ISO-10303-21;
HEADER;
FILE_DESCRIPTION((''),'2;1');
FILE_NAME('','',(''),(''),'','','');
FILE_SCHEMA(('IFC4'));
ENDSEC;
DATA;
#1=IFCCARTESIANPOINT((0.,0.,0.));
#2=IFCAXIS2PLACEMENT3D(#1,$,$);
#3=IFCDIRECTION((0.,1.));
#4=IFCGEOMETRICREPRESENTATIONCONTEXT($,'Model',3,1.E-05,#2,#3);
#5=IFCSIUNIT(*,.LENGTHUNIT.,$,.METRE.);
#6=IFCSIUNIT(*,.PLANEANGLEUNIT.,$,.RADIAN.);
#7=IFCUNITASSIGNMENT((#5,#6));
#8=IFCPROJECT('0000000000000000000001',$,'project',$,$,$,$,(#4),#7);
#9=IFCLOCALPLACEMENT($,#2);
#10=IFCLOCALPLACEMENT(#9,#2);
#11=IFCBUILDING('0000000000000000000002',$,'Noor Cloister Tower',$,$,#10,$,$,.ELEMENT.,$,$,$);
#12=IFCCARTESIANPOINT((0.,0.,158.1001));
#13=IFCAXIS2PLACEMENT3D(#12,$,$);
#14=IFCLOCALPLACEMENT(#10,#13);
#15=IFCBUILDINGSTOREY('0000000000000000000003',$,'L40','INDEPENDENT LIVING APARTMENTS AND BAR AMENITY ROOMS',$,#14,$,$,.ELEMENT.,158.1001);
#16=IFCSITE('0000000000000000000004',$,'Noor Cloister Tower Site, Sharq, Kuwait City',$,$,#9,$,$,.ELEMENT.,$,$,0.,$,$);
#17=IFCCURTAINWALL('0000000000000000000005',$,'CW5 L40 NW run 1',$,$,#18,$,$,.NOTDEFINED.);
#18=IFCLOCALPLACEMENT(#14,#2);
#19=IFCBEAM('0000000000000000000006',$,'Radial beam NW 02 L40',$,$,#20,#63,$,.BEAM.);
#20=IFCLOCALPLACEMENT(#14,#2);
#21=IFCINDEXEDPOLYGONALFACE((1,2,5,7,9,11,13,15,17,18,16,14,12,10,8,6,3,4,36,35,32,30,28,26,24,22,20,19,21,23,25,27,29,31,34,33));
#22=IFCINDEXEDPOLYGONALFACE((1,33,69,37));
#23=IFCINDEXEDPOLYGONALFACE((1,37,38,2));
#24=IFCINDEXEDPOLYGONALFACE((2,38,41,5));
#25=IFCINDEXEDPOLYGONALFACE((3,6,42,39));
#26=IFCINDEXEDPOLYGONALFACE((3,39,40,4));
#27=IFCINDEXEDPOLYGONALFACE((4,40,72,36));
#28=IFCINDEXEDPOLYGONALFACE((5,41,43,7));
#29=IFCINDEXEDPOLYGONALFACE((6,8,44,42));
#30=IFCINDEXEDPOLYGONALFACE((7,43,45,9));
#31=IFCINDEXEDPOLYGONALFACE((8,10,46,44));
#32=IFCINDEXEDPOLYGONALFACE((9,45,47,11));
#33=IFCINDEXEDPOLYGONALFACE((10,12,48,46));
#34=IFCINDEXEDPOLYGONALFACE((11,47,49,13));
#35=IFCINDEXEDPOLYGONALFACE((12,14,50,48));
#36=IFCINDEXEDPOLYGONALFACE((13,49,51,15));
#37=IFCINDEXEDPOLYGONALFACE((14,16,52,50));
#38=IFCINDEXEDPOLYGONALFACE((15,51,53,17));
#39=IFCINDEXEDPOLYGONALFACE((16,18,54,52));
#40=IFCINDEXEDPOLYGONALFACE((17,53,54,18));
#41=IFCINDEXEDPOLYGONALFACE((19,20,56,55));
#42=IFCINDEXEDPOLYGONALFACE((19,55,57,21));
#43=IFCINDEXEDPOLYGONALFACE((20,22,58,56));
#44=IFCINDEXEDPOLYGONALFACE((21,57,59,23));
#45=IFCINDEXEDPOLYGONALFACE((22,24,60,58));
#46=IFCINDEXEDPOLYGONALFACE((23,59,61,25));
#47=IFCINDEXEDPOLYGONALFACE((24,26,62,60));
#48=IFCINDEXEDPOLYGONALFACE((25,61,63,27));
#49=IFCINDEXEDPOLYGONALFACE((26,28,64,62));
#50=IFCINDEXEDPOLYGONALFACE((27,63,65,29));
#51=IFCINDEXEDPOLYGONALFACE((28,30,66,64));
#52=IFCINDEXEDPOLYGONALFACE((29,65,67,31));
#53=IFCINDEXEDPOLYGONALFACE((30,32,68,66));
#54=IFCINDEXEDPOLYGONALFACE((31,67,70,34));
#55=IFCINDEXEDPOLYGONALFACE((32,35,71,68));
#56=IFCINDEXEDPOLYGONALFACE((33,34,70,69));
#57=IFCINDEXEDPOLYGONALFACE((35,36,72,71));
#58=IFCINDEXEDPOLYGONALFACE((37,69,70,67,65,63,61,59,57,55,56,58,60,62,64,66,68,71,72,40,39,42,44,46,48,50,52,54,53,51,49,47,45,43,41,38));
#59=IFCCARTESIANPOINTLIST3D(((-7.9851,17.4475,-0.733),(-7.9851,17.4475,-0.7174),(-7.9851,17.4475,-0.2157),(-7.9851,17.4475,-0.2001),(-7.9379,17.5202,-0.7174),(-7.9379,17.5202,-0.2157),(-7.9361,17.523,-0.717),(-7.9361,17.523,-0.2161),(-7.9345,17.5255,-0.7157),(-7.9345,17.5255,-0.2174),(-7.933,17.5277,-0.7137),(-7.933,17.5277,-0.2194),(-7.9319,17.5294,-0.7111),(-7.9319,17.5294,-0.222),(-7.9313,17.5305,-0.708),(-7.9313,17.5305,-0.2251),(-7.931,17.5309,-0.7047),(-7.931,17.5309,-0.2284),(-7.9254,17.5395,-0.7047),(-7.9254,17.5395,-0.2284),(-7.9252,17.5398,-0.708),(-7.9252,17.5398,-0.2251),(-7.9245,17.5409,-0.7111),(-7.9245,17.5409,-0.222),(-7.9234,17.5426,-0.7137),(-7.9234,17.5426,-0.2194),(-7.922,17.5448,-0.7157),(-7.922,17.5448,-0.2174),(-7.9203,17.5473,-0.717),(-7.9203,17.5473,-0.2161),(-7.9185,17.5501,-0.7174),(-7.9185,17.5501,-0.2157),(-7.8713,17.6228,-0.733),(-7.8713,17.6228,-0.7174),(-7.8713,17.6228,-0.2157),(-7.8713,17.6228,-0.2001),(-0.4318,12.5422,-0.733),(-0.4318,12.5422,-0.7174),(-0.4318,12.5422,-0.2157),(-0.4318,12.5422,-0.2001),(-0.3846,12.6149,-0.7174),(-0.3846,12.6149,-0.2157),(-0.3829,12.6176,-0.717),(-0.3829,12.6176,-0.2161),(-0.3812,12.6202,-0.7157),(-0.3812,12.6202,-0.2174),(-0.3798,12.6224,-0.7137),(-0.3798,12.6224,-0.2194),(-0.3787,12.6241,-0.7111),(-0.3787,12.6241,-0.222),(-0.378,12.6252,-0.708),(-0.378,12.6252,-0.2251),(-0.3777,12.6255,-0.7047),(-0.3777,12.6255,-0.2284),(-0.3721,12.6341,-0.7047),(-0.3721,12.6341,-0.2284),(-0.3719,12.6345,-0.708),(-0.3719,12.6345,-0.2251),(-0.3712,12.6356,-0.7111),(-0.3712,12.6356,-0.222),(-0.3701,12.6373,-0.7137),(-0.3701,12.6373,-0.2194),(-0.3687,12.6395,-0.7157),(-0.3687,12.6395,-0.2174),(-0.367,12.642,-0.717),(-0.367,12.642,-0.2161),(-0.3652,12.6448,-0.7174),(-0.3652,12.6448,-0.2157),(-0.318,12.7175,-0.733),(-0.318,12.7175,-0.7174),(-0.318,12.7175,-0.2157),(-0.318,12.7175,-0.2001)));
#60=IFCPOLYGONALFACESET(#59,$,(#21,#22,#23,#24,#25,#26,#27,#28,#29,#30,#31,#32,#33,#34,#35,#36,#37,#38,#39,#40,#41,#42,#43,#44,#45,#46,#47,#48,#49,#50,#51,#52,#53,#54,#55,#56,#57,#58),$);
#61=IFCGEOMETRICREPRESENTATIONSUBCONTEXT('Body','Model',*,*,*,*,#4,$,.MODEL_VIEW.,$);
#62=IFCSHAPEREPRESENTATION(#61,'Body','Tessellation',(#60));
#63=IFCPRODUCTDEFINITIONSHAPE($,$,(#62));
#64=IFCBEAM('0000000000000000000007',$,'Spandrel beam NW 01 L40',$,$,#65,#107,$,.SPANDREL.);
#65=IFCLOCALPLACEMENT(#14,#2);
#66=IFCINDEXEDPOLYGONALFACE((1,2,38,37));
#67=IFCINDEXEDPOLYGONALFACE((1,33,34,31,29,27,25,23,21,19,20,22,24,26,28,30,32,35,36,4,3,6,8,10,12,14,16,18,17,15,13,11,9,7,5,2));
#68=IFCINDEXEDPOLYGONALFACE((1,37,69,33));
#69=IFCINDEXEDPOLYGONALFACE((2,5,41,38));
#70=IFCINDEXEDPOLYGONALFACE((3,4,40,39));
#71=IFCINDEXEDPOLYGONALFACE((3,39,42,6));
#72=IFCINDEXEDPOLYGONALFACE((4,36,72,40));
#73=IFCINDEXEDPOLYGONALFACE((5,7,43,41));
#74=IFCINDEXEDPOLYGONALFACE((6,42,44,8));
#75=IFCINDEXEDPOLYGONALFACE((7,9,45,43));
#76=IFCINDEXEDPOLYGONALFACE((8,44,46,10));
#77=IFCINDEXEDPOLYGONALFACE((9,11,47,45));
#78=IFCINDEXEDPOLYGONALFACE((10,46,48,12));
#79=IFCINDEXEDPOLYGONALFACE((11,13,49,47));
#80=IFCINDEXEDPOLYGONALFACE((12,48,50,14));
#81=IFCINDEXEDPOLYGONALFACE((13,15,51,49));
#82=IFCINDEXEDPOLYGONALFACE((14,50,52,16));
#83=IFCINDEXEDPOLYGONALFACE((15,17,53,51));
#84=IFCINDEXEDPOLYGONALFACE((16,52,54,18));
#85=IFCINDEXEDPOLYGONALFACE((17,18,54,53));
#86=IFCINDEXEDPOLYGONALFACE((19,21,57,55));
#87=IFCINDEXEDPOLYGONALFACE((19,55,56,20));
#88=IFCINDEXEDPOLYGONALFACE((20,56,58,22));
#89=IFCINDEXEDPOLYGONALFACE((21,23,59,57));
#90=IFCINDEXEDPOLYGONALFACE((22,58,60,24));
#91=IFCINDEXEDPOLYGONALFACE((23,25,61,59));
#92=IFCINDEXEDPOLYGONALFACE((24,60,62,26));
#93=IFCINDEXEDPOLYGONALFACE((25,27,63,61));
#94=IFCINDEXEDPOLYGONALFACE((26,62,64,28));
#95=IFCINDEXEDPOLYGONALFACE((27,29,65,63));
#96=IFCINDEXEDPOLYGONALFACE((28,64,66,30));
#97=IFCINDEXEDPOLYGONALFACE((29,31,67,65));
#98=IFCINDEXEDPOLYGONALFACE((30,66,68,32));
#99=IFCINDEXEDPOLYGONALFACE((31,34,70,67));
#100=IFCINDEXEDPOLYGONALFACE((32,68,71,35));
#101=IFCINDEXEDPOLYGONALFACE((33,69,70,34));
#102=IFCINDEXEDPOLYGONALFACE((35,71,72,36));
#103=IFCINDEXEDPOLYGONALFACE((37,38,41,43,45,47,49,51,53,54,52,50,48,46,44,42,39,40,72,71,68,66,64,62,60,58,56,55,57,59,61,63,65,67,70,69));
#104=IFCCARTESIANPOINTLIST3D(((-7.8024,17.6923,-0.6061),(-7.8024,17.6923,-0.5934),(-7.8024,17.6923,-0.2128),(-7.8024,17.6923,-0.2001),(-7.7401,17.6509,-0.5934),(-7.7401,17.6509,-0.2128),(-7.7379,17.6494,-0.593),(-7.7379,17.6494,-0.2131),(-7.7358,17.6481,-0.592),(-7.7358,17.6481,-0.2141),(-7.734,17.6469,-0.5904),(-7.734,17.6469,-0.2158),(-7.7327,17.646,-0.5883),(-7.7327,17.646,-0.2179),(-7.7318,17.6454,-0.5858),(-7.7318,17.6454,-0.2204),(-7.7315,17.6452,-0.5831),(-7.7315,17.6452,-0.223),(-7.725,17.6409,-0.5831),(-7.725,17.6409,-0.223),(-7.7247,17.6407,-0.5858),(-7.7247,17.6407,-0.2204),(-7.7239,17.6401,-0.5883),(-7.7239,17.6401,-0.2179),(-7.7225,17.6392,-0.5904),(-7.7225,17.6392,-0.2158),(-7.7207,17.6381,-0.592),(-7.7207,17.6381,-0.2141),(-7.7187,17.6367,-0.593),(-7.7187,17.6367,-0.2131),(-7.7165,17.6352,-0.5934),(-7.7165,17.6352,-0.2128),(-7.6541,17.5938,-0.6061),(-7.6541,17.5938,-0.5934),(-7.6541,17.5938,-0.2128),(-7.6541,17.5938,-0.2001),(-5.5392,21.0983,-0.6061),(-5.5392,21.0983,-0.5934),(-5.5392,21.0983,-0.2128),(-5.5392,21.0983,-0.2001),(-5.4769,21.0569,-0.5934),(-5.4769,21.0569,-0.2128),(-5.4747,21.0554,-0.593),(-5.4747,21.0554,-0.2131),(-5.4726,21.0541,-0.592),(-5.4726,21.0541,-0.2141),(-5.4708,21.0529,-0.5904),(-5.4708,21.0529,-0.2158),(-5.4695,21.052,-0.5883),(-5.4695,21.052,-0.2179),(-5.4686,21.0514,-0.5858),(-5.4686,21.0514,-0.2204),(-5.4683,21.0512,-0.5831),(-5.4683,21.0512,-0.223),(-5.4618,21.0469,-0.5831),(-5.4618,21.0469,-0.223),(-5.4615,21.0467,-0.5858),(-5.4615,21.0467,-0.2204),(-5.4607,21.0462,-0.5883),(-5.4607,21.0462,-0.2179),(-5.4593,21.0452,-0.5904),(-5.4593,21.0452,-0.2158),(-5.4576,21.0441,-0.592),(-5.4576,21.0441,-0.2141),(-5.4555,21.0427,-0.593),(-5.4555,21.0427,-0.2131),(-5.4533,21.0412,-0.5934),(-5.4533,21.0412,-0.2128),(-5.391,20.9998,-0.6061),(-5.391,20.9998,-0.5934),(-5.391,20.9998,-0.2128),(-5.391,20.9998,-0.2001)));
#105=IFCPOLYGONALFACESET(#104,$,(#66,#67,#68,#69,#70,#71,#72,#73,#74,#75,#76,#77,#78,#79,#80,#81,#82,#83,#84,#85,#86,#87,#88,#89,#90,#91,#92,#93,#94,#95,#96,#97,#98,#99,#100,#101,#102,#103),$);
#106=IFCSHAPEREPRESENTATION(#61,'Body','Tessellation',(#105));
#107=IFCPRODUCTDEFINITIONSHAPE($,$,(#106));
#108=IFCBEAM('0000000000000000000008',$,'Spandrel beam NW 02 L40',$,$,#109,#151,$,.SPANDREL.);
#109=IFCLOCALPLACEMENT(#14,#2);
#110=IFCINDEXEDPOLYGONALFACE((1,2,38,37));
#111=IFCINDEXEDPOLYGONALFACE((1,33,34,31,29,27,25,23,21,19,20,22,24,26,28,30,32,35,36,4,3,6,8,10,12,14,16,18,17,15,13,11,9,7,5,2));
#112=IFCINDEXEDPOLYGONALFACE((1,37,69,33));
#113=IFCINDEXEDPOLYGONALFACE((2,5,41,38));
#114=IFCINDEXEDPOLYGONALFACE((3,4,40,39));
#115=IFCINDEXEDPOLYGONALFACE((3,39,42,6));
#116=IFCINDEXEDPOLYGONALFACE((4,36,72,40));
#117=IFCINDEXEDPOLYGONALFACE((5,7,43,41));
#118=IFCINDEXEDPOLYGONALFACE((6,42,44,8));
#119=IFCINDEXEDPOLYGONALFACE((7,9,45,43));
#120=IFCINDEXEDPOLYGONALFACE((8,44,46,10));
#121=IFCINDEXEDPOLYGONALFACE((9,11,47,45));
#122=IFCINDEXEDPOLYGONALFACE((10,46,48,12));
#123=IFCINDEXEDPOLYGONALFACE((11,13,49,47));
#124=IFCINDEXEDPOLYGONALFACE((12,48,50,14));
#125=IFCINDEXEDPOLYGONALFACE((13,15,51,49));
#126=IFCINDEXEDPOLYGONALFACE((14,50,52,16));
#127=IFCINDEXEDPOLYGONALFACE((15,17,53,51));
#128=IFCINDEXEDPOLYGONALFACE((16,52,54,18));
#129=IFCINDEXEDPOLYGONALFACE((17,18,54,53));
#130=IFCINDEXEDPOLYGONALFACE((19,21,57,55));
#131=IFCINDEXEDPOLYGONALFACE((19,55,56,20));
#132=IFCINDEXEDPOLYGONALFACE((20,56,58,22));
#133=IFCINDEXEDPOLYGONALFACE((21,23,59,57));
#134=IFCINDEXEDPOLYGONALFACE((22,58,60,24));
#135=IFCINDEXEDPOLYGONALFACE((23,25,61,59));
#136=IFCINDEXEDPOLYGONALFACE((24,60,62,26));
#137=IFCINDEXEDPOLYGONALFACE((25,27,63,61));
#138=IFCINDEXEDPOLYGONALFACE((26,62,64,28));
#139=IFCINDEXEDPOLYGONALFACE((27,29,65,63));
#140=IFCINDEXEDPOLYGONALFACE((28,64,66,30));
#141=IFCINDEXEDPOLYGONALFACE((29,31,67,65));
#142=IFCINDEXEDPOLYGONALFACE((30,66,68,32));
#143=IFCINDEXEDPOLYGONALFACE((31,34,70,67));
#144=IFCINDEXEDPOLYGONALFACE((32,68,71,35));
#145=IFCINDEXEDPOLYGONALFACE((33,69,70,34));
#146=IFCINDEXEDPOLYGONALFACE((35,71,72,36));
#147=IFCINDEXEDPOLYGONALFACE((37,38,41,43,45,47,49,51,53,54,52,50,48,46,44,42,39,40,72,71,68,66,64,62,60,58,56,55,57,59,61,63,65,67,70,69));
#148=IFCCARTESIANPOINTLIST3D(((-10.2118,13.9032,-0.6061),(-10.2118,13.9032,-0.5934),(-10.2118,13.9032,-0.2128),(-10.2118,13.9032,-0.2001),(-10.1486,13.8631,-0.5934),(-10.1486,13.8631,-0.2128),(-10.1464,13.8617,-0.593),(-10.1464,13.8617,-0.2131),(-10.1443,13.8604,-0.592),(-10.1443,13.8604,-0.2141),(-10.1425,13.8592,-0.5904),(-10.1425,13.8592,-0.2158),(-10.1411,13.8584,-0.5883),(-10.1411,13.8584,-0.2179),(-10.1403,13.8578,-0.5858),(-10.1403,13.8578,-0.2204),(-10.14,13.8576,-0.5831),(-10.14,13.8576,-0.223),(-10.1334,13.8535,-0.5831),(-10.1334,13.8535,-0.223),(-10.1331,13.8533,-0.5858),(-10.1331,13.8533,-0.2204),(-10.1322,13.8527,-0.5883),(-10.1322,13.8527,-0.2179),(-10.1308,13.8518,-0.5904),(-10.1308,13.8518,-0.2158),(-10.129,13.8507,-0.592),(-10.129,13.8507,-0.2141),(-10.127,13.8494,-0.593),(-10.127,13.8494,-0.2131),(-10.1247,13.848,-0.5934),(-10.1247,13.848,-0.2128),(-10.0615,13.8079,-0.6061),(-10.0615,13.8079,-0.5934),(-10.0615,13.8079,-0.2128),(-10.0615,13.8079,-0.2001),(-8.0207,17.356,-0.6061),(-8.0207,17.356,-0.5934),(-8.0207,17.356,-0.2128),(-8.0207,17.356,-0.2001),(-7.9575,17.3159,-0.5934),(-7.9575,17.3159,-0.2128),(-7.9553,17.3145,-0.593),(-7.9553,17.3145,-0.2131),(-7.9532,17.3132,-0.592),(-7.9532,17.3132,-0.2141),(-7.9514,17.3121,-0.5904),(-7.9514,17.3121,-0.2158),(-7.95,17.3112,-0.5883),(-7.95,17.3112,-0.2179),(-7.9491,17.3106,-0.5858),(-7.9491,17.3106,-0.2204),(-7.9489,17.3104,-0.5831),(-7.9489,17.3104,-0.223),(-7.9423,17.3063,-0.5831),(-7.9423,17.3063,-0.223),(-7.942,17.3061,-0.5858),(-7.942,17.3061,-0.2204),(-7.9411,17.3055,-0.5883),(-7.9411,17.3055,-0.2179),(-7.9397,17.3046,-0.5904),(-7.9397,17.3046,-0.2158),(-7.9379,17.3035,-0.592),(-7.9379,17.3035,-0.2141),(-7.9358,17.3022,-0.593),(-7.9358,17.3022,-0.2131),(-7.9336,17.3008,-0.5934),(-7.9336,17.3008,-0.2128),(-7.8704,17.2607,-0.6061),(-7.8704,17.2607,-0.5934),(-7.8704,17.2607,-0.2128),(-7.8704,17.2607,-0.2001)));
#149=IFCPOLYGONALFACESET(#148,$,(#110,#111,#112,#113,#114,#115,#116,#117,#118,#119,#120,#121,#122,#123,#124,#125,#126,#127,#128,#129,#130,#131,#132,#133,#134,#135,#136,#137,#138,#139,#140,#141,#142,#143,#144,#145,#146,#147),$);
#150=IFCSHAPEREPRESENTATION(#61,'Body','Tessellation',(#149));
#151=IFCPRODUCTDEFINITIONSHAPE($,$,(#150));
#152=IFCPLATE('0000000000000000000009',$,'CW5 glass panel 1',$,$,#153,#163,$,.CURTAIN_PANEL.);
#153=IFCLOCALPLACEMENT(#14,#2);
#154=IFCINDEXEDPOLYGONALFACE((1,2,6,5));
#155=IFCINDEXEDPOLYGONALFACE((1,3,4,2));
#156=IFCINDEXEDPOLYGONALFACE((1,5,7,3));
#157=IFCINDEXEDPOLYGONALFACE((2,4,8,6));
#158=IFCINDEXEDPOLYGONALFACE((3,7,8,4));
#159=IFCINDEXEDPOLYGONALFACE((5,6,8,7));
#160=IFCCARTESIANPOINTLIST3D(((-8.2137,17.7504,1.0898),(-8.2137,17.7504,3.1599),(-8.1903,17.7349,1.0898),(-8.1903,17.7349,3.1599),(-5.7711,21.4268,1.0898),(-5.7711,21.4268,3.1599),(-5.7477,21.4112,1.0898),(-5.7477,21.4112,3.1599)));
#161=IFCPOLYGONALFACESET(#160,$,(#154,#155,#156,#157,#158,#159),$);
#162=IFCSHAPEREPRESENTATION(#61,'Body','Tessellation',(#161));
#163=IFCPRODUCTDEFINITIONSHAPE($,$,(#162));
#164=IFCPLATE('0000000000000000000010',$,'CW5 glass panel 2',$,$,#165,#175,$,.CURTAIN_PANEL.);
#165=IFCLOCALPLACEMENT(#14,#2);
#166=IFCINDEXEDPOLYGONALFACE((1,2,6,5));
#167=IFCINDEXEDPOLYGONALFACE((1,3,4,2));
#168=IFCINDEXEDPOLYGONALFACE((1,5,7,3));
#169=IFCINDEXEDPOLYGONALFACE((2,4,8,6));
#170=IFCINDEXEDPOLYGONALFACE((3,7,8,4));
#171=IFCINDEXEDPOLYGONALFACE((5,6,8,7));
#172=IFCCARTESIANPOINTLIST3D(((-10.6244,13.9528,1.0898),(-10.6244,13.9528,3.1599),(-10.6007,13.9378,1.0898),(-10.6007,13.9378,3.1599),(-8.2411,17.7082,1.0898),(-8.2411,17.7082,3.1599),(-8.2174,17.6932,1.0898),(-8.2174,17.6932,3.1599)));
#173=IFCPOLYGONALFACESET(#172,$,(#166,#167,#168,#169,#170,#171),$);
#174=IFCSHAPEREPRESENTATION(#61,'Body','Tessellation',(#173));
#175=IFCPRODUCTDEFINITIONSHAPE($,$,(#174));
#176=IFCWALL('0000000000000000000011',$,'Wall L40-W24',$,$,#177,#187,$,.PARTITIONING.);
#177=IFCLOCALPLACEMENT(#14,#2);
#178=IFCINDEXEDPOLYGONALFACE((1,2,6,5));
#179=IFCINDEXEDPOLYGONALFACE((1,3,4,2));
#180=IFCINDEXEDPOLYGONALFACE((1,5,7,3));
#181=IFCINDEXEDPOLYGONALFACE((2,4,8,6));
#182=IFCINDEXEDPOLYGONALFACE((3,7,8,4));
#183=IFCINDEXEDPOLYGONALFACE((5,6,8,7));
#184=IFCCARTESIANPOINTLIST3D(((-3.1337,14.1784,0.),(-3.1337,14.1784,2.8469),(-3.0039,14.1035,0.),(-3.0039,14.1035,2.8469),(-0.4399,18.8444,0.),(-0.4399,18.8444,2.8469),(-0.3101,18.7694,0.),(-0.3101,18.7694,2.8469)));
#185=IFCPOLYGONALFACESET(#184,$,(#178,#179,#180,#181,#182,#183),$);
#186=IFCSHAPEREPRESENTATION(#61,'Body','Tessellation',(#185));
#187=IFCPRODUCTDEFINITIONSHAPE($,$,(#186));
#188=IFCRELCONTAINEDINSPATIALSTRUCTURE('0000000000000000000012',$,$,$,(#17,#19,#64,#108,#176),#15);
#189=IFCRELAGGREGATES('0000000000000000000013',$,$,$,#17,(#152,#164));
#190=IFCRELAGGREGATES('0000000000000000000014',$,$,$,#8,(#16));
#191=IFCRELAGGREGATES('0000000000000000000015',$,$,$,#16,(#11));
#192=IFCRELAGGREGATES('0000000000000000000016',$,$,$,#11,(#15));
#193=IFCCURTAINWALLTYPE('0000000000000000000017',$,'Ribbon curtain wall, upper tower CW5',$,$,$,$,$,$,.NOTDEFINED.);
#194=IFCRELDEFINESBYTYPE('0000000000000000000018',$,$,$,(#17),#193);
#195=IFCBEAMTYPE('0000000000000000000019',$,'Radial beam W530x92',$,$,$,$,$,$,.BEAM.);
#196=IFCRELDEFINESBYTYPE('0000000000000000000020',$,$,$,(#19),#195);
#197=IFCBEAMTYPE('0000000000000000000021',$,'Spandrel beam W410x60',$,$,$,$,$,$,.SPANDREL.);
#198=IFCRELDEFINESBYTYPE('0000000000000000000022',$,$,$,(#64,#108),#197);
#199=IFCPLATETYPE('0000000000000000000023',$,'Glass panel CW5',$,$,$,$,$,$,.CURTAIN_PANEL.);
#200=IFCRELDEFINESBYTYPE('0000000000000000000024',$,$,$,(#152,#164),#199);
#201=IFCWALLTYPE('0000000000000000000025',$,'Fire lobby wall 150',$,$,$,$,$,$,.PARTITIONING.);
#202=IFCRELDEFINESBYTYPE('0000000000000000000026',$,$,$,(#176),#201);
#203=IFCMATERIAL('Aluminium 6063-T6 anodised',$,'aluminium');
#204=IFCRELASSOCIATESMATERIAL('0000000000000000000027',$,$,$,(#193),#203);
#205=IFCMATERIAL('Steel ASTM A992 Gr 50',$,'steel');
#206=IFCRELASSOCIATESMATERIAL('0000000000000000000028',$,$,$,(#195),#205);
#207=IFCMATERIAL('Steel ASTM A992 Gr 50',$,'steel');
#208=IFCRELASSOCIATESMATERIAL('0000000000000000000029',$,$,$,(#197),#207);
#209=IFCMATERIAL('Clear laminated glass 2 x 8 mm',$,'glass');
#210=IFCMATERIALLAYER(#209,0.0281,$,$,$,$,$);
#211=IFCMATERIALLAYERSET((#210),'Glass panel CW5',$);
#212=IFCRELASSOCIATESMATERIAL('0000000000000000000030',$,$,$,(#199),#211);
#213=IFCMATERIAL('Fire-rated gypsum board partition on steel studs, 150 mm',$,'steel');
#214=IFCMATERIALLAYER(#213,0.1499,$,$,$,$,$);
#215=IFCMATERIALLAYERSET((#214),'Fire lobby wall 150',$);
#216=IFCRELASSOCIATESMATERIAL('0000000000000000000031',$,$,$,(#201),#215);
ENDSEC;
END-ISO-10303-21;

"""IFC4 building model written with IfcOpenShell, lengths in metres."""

from ifc_helpers import new_model, si_unit, direction, frame, frame_2d, origin, origin_2d, place, context, subcontext, project, spatial, rectangle, i_section, extrude, material, layer, layer_set, material_profile, profile_set, type_object, element, aggregate, save


model = new_model("IFC4")

# Units and contexts
model_context = context("Model", 3, precision=1e-05, world=origin(), true_north=direction((0.0, 1.0)))
body_context = subcontext(model_context, "Body", "Model", "MODEL_VIEW")
ifc_project = project(units=[si_unit("LENGTHUNIT", "METRE"), si_unit("PLANEANGLEUNIT", "RADIAN")], contexts=[model_context])

# Site, building, storey
site_placement = place(None, origin())
site = spatial("IfcSite", under=ifc_project, at=site_placement, Name="Noor Cloister Tower Site, Sharq, Kuwait City", CompositionType="ELEMENT", RefElevation=0.0)
building_placement = place(site_placement, origin())
building = spatial("IfcBuilding", under=site, at=building_placement, Name="Noor Cloister Tower", CompositionType="ELEMENT")
storey_placement = place(building_placement, frame((0.0, 0.0, 158.1001)))
storey = spatial("IfcBuildingStorey", under=building, at=storey_placement, Name="L40", Description="INDEPENDENT LIVING APARTMENTS AND BAR AMENITY ROOMS", CompositionType="ELEMENT", Elevation=158.1001)

# Curtain wall
ifc_material_1 = material(Name="Aluminium 6063-T6 anodised", Category="aluminium")
curtain_wall_type = type_object("IfcCurtainWallType", Name="Ribbon curtain wall, upper tower CW5", PredefinedType="NOTDEFINED", material=ifc_material_1)
curtain_wall_placement = place(storey_placement, origin())
curtain_wall = element("IfcCurtainWall", 1, at=curtain_wall_placement, inside=storey, type_object=curtain_wall_type, Name="CW5 L40 NW run 1", PredefinedType="NOTDEFINED")

# Beams
ifc_material_2 = material(Name="Steel ASTM A992 Gr 50", Category="steel")
ifc_material_profile_1 = material_profile(ifc_material_2, i_section(OverallWidth=0.209, OverallDepth=0.533, WebThickness=0.0103, FlangeThickness=0.0156, FilletRadius=0.0127, at=origin_2d()), Name="W530x92")
ifc_profile_set_1 = profile_set([ifc_material_profile_1], Name="Steel ASTM A992 Gr 50")
beam_type_1 = type_object("IfcBeamType", Name="Radial beam W530x92", PredefinedType="BEAM", material=ifc_profile_set_1)
beam_1_placement = place(storey_placement, frame((-7.9282, 17.5352, -0.4666), z_axis=(0.838663, -0.544651, 0.0), x_axis=(0.544651, 0.838663, 0.0)))
element("IfcBeam", 2, at=beam_1_placement, inside=storey, type_object=beam_type_1, Name="Radial beam NW 02 L40", PredefinedType="BEAM", context=body_context, shape_type="SweptSolid", body=[
    extrude(i_section(OverallWidth=0.209, OverallDepth=0.533, WebThickness=0.0103, FlangeThickness=0.0156, FilletRadius=0.0127, at=origin_2d()), origin(), (0.0, 0.0, 1.0), 9.0063),
])
ifc_material_3 = material(Name="Steel ASTM A992 Gr 50", Category="steel")
ifc_material_profile_2 = material_profile(ifc_material_3, i_section(OverallWidth=0.178, OverallDepth=0.406, WebThickness=0.0078, FlangeThickness=0.0127, FilletRadius=0.0103, at=origin_2d()), Name="W410x60")
ifc_profile_set_2 = profile_set([ifc_material_profile_2], Name="Steel ASTM A992 Gr 50")
beam_type_2 = type_object("IfcBeamType", Name="Spandrel beam W410x60", PredefinedType="SPANDREL", material=ifc_profile_set_2)
for number, where, z_axis, x_axis, name in (
    (3, (-5.4651, 21.0491, -0.4031), (-0.553432, -0.832894, 0.0), (0.832894, -0.553432, 0.0), "Spandrel beam NW 01 L40"),
    (4, (-7.9456, 17.3083, -0.4031), (-0.535809, -0.844339, 0.0), (0.844339, -0.535809, 0.0), "Spandrel beam NW 02 L40"),
):
    element("IfcBeam", number, at=place(storey_placement, frame(where, z_axis=z_axis, x_axis=x_axis)), inside=storey, type_object=beam_type_2, Name=name, PredefinedType="SPANDREL", context=body_context, shape_type="SweptSolid", body=[
        extrude(i_section(OverallWidth=0.178, OverallDepth=0.406, WebThickness=0.0078, FlangeThickness=0.0127, FilletRadius=0.0103, at=origin_2d()), origin(), (0.0, 0.0, 1.0), 4.0894),
    ])

# Plates
ifc_material_4 = material(Name="Clear laminated glass 2 x 8 mm", Category="glass")
ifc_layer_1 = layer(ifc_material_4, 0.0281)
ifc_layer_set_1 = layer_set([ifc_layer_1], Name="Glass panel CW5")
plate_type = type_object("IfcPlateType", Name="Glass panel CW5", PredefinedType="CURTAIN_PANEL", material=ifc_layer_set_1)
plate_1_placement = place(storey_placement, frame((-6.9807, 19.5808, 1.0898), z_axis=(0.0, 0.0, 1.0), x_axis=(-0.553398, -0.832917, 0.0)))
plate_1 = element("IfcPlate", 5, at=plate_1_placement, type_object=plate_type, Name="CW5 glass panel 1", PredefinedType="CURTAIN_PANEL", context=body_context, shape_type="SweptSolid", body=[
    extrude(rectangle(XDim=4.4138, YDim=0.0281, at=origin_2d()), origin(), (0.0, 0.0, 1.0), 2.0701),
])
plate_2_placement = place(storey_placement, frame((-9.4209, 15.823, 1.0898), z_axis=(0.0, 0.0, 1.0), x_axis=(-0.535831, -0.844325, 0.0)))
plate_2 = element("IfcPlate", 6, at=plate_2_placement, type_object=plate_type, Name="CW5 glass panel 2", PredefinedType="CURTAIN_PANEL", context=body_context, shape_type="SweptSolid", body=[
    extrude(rectangle(XDim=4.4478, YDim=0.0281, at=origin_2d()), origin(), (0.0, 0.0, 1.0), 2.0701),
])
aggregate(curtain_wall, [plate_1, plate_2])

# Wall
ifc_material_5 = material(Name="Fire-rated gypsum board partition on steel studs, 150 mm", Category="steel")
ifc_layer_2 = layer(ifc_material_5, 0.1499)
ifc_layer_set_2 = layer_set([ifc_layer_2], Name="Fire lobby wall 150")
wall_type_1 = type_object("IfcWallType", Name="Fire lobby wall 150", PredefinedType="PARTITIONING", material=ifc_layer_set_2)
wall_1_placement = place(storey_placement, frame((-0.375, 18.8069, 0.0), z_axis=(0.0, 0.0, 1.0), x_axis=(-0.499989, -0.866032, 0.0)))
element("IfcWall", 7, at=wall_1_placement, inside=storey, type_object=wall_type_1, Name="Wall L40-W24", PredefinedType="PARTITIONING", context=body_context, shape_type="SweptSolid", body=[
    extrude(rectangle(XDim=5.3877, YDim=0.1499, at=frame_2d((2.6938, 0.0))), origin(), (0.0, 0.0, 1.0), 2.8469),
])

save(model, "model.ifc")
